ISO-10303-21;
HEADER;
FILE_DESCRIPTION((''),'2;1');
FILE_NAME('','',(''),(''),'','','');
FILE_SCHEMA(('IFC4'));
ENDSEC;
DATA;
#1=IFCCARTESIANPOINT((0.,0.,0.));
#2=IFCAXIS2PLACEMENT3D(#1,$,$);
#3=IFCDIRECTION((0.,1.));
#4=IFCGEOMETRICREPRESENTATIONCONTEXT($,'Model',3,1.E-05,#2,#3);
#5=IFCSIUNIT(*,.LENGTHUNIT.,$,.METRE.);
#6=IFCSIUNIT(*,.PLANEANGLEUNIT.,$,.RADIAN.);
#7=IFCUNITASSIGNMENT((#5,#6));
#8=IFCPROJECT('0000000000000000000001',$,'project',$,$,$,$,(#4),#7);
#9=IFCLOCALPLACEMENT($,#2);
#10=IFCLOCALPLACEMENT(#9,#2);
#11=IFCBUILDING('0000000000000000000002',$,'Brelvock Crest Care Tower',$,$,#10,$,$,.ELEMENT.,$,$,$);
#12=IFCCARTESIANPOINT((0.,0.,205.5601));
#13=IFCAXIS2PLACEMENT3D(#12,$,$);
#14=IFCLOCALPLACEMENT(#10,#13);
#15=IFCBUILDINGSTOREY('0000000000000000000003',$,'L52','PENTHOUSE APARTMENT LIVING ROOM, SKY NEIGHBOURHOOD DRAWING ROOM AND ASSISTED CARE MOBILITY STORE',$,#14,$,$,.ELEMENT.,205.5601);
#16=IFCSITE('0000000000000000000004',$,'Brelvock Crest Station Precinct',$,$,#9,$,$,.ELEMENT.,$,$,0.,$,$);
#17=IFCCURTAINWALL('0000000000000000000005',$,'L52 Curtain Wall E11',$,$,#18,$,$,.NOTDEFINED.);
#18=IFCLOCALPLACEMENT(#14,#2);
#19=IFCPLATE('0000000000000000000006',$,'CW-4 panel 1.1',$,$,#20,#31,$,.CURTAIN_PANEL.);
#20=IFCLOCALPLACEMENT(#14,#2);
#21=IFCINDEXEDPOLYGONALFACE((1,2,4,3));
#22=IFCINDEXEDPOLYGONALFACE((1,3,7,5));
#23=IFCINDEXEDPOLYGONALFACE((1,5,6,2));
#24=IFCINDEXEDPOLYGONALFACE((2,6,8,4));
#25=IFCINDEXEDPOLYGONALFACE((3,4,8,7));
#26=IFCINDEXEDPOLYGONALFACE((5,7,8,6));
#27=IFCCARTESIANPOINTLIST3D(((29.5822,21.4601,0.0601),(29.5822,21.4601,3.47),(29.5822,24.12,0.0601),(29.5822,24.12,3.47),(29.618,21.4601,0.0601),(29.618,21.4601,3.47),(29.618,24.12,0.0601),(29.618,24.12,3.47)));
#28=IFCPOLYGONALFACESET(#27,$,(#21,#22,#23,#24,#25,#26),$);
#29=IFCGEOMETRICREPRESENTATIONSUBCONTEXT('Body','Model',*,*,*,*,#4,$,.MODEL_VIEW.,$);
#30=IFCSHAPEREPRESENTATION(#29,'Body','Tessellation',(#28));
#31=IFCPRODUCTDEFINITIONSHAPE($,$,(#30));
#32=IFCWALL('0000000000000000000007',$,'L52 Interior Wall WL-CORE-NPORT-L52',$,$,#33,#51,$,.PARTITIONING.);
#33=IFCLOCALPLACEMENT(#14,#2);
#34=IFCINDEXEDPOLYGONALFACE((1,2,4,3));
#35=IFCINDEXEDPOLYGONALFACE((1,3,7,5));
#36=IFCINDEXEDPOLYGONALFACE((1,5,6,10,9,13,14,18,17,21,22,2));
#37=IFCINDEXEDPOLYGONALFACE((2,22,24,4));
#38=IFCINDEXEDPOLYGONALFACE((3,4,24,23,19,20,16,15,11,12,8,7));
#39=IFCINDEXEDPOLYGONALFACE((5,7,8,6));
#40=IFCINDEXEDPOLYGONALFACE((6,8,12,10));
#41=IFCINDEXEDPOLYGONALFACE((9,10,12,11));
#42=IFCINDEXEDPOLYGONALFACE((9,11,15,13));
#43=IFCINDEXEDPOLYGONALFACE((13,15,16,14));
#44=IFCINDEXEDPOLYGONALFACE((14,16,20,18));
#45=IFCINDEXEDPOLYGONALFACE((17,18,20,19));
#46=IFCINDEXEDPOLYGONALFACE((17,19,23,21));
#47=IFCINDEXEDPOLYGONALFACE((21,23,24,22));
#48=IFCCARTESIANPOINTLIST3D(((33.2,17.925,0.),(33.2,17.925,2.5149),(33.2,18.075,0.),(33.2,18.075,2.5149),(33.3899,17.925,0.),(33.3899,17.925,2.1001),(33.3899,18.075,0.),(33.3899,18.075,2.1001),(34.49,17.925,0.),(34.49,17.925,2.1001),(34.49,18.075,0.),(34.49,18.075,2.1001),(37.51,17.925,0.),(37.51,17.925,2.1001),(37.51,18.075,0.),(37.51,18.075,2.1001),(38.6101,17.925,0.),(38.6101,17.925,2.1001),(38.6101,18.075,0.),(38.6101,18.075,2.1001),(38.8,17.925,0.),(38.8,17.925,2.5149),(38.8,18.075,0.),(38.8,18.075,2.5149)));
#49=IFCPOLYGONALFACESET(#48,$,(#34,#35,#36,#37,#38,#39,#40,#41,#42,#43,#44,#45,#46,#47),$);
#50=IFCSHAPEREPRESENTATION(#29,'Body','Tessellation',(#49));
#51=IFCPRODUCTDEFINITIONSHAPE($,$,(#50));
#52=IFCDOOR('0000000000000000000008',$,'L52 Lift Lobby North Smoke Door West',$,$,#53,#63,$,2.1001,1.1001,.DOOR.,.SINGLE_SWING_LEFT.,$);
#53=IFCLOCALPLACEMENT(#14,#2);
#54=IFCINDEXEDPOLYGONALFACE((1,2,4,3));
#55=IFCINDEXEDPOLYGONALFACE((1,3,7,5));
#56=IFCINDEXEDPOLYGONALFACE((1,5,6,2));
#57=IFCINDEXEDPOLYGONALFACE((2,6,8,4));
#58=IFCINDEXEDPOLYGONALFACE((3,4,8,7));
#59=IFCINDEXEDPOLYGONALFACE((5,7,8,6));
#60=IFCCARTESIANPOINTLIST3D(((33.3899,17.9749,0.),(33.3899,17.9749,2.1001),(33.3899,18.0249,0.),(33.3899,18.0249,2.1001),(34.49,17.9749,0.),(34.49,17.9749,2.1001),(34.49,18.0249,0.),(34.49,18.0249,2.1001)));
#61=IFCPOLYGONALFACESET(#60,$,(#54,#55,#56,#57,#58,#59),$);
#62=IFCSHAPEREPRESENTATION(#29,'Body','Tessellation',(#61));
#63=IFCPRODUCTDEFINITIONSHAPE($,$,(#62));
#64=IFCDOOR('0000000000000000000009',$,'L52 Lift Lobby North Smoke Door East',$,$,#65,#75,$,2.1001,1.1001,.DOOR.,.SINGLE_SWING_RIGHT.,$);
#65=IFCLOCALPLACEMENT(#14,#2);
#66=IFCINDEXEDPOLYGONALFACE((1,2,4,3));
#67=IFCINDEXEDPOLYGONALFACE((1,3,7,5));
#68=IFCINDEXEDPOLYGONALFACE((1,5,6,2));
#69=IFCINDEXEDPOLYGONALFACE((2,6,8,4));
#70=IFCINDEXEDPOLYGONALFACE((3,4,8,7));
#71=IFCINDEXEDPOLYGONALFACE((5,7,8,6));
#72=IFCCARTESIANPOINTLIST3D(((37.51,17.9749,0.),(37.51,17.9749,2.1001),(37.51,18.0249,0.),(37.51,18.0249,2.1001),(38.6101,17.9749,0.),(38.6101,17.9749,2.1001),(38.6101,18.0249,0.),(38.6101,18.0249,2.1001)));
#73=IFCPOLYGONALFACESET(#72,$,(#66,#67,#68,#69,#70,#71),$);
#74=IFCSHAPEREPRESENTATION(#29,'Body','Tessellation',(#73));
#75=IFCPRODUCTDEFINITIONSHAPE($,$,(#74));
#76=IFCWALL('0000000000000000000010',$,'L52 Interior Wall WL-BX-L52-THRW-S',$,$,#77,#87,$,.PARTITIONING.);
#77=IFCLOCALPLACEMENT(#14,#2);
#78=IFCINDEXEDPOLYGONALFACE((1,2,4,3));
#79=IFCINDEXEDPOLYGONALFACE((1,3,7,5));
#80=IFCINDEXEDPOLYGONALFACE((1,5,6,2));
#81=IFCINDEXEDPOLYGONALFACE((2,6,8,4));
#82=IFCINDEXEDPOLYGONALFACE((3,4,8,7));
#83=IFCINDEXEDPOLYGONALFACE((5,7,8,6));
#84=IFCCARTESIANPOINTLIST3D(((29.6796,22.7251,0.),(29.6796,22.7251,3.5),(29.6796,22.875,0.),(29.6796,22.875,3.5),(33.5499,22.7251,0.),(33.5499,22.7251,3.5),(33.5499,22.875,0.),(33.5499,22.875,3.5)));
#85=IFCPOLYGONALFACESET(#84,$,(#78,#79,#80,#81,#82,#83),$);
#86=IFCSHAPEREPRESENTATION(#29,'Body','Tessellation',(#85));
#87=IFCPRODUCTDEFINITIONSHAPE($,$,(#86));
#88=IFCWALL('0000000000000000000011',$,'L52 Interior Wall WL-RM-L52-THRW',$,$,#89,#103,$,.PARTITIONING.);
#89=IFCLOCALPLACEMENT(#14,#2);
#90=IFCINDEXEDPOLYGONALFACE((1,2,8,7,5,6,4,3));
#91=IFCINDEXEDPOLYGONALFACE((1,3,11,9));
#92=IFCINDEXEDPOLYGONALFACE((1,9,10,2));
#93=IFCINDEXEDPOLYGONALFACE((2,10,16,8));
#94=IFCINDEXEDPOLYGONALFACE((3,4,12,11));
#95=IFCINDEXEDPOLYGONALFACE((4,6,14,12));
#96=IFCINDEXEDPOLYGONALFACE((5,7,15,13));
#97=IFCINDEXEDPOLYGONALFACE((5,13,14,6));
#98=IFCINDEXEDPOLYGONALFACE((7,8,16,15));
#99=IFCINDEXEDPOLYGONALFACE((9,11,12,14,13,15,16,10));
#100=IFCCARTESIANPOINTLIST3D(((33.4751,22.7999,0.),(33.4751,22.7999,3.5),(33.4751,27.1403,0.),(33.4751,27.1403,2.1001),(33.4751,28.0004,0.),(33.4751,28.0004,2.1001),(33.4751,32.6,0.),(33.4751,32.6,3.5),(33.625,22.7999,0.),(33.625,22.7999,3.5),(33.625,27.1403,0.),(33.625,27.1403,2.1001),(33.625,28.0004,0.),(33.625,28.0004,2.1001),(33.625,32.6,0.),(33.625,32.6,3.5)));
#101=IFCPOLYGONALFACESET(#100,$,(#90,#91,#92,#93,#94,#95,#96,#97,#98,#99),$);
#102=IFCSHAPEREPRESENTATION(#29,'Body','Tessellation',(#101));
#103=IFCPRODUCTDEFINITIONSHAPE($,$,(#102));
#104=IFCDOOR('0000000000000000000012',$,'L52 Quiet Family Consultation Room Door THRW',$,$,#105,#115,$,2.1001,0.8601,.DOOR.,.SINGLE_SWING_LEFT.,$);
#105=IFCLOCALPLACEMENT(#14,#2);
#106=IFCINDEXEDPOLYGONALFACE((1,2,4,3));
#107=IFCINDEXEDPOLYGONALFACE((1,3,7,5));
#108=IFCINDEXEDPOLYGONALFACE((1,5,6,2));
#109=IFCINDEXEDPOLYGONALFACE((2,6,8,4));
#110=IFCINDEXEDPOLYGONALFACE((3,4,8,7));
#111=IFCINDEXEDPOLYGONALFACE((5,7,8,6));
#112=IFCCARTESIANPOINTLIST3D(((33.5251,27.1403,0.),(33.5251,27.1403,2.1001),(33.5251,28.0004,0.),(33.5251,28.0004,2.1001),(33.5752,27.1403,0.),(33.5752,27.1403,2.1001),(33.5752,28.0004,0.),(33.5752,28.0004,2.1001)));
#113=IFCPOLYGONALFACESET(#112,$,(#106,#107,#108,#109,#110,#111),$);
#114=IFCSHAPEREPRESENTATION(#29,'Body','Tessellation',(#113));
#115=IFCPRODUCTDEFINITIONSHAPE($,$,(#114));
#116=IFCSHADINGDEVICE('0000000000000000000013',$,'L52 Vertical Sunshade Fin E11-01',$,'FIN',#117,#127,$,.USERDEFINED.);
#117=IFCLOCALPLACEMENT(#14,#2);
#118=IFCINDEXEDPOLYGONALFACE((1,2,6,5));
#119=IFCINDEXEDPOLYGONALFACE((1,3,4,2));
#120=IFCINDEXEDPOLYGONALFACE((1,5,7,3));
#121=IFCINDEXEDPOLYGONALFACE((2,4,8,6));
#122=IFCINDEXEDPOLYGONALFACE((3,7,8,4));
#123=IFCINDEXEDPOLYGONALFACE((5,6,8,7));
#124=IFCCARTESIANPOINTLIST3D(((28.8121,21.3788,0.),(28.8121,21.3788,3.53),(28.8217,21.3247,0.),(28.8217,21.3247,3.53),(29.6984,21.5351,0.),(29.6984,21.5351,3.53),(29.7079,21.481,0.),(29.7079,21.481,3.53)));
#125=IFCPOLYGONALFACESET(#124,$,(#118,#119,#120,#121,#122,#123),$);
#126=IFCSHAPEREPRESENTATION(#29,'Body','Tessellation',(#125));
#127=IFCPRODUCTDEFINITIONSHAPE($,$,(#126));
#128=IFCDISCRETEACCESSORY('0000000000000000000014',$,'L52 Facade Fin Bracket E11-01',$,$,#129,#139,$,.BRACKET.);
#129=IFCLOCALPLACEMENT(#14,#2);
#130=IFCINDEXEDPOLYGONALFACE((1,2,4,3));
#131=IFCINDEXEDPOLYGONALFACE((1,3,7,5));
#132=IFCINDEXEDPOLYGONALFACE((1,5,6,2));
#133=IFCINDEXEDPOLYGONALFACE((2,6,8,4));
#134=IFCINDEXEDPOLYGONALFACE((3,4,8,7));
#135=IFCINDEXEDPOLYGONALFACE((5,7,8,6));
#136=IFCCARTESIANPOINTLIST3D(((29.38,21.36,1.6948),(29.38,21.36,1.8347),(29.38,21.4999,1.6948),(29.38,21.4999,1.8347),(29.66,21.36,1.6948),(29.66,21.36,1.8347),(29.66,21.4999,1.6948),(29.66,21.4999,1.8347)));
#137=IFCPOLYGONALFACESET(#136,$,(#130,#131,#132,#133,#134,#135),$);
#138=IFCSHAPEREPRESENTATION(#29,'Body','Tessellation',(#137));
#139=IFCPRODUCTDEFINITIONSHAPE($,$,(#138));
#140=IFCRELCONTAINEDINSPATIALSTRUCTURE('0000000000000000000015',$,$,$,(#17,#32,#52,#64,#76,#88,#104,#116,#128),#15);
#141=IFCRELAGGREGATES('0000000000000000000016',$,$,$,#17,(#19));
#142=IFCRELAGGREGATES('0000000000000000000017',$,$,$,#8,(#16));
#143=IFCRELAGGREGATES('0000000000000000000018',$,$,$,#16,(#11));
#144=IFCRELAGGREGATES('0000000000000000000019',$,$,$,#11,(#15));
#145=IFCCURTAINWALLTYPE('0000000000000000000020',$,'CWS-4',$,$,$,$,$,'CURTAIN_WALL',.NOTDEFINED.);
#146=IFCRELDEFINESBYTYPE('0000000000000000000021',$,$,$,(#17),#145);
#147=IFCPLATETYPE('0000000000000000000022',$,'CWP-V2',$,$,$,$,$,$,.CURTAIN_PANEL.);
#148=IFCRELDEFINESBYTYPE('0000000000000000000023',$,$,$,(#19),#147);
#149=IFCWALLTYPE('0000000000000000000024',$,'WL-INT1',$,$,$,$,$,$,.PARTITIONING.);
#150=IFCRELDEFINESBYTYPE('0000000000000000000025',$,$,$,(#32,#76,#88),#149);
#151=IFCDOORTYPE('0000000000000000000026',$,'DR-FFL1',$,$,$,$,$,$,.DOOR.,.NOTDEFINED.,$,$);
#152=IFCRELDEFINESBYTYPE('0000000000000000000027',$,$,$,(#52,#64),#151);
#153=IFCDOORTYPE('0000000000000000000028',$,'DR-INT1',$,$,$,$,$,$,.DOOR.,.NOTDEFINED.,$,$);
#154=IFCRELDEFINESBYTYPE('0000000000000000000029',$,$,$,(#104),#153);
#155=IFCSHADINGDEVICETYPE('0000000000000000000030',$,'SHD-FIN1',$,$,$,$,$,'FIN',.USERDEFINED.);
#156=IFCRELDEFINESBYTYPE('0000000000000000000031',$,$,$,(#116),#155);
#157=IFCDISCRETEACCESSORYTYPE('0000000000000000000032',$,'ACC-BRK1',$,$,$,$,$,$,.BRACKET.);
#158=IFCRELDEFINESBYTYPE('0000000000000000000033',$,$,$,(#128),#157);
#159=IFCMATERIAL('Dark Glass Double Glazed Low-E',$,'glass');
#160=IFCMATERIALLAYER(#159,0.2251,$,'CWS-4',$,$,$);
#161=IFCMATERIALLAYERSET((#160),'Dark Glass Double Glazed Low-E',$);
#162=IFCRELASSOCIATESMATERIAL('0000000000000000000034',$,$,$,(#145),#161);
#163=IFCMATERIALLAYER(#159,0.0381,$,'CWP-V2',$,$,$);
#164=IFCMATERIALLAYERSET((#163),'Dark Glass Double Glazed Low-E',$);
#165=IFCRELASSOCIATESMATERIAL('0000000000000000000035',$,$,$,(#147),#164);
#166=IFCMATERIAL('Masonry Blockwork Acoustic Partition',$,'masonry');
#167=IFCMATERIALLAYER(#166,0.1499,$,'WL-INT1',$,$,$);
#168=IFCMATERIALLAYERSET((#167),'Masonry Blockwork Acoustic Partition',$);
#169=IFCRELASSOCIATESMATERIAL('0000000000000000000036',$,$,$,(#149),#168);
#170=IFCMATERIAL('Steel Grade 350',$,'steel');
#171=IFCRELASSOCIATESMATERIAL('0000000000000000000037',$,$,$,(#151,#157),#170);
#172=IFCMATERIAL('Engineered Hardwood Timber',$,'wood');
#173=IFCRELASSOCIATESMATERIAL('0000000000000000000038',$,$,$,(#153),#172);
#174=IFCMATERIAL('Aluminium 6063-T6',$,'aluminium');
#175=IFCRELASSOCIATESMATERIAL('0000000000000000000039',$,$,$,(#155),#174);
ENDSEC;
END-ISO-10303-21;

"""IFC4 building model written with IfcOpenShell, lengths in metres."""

from ifc_helpers import new_model, si_unit, direction, frame, frame_2d, origin, origin_2d, place, context, subcontext, project, spatial, rectangle, extrude, source, transform, mapped, material, layer, layer_set, material_profile, profile_set, type_object, element, fill, aggregate, save


model = new_model("IFC4")

# Units and contexts
model_context = context("Model", 3, precision=1e-05, world=origin(), true_north=direction((0.0, 1.0)))
body_context = subcontext(model_context, "Body", "Model", "MODEL_VIEW")
ifc_project = project(units=[si_unit("LENGTHUNIT", "METRE"), si_unit("PLANEANGLEUNIT", "RADIAN")], contexts=[model_context])

# Site, building, storey
site_placement = place(None, origin())
site = spatial("IfcSite", under=ifc_project, at=site_placement, Name="Brelvock Crest Station Precinct", CompositionType="ELEMENT", RefElevation=0.0)
building_placement = place(site_placement, origin())
building = spatial("IfcBuilding", under=site, at=building_placement, Name="Brelvock Crest Care Tower", CompositionType="ELEMENT")
storey_placement = place(building_placement, frame((0.0, 0.0, 205.5601)))
storey = spatial("IfcBuildingStorey", under=building, at=storey_placement, Name="L52", Description="PENTHOUSE APARTMENT LIVING ROOM, SKY NEIGHBOURHOOD DRAWING ROOM AND ASSISTED CARE MOBILITY STORE", CompositionType="ELEMENT", Elevation=205.5601)

# Shared definitions
ifc_material_1 = material(Name="Steel Grade 350", Category="steel")

# Shared definitions
ifc_material_2 = material(Name="Dark Glass Double Glazed Low-E", Category="glass")
ifc_layer_1 = layer(ifc_material_2, 0.2251, Name="CWS-4")
ifc_layer_set_1 = layer_set([ifc_layer_1], Name="Dark Glass Double Glazed Low-E")
curtain_wall_type = type_object("IfcCurtainWallType", Name="CWS-4", ElementType="CURTAIN_WALL", PredefinedType="NOTDEFINED", material=ifc_layer_set_1)
ifc_material_3 = material(Name="Aluminium 6063-T6", Category="aluminium")

# Curtain wall
curtain_wall_1_placement = place(storey_placement, origin())
curtain_wall_1 = element("IfcCurtainWall", 1, at=curtain_wall_1_placement, inside=storey, type_object=curtain_wall_type, Name="L52 Curtain Wall E11", PredefinedType="NOTDEFINED")

# Plate
ifc_layer_2 = layer(ifc_material_2, 0.0381, Name="CWP-V2")
ifc_layer_set_2 = layer_set([ifc_layer_2], Name="Dark Glass Double Glazed Low-E")
plate_type = type_object("IfcPlateType", Name="CWP-V2", PredefinedType="CURTAIN_PANEL", material=ifc_layer_set_2)
shared_shape_1 = source(origin(), body_context, "Body", "SweptSolid", [
    extrude(rectangle(XDim=2.6599, YDim=0.0359, at=origin_2d()), origin(), (0.0, 0.0, 1.0), 3.4099),
])
plate_1_placement = place(storey_placement, frame((29.6001, 22.79, 0.0601), z_axis=(0.0, 0.0, 1.0), x_axis=(0.0, 1.0, 0.0)))
plate_1 = element("IfcPlate", 2, at=plate_1_placement, type_object=plate_type, Name="CW-4 panel 1.1", PredefinedType="CURTAIN_PANEL", context=body_context, shape_type="MappedRepresentation", body=[
    mapped(shared_shape_1, transform((0.0, 0.0, 0.0), x_axis=(1.0, 0.0, 0.0), y_axis=(0.0, 1.0, 0.0), z_axis=(0.0, 0.0, 1.0), scale=1.0)),
])
aggregate(curtain_wall_1, [plate_1])

# Wall, openings, doors
ifc_material_4 = material(Name="Masonry Blockwork Acoustic Partition", Category="masonry")
ifc_layer_3 = layer(ifc_material_4, 0.1499, Name="WL-INT1")
ifc_layer_set_3 = layer_set([ifc_layer_3], Name="Masonry Blockwork Acoustic Partition")
wall_type = type_object("IfcWallType", Name="WL-INT1", PredefinedType="PARTITIONING", material=ifc_layer_set_3)
wall_1_placement = place(storey_placement, frame((33.2, 18.0, 0.0), z_axis=(0.0, 0.0, 1.0), x_axis=(1.0, 0.0, 0.0)))
wall_1 = element("IfcWall", 3, at=wall_1_placement, inside=storey, type_object=wall_type, Name="L52 Interior Wall WL-CORE-NPORT-L52", PredefinedType="PARTITIONING", context=body_context, shape_type="SweptSolid", body=[
    extrude(rectangle(XDim=5.6001, YDim=0.1499, at=frame_2d((2.8, 0.0))), origin(), (0.0, 0.0, 1.0), 2.5149),
])
opening_1_placement = place(wall_1_placement, frame((0.1899, 0.0, 0.0)))
opening_1 = element("IfcOpeningElement", 4, at=opening_1_placement, cuts=wall_1, PredefinedType="OPENING", context=body_context, shape_type="SweptSolid", body=[
    extrude(rectangle(XDim=1.1001, YDim=2.1001, at=origin_2d()), frame((0.55, 0.085, 1.05), z_axis=(0.0, -1.0, 0.0), x_axis=(1.0, 0.0, 0.0)), (0.0, 0.0, 1.0), 0.1699),
])
opening_2_placement = place(wall_1_placement, frame((4.3101, 0.0, 0.0)))
opening_2 = element("IfcOpeningElement", 5, at=opening_2_placement, cuts=wall_1, PredefinedType="OPENING", context=body_context, shape_type="SweptSolid", body=[
    extrude(rectangle(XDim=1.1001, YDim=2.1001, at=origin_2d()), frame((0.55, 0.085, 1.05), z_axis=(0.0, -1.0, 0.0), x_axis=(1.0, 0.0, 0.0)), (0.0, 0.0, 1.0), 0.1699),
])
door_type_1 = type_object("IfcDoorType", Name="DR-FFL1", OperationType="NOTDEFINED", PredefinedType="DOOR", material=ifc_material_1)
shared_shape_2 = source(origin(), body_context, "Body", "SweptSolid", [
    extrude(rectangle(XDim=1.1001, YDim=2.1001, at=origin_2d()), frame((0.55, 0.0249, 1.05), z_axis=(0.0, -1.0, 0.0), x_axis=(1.0, 0.0, 0.0)), (0.0, 0.0, 1.0), 0.05),
])
door_1_placement = place(opening_1_placement, origin())
door_1 = element("IfcDoor", 6, at=door_1_placement, inside=storey, type_object=door_type_1, Name="L52 Lift Lobby North Smoke Door West", OperationType="SINGLE_SWING_LEFT", OverallHeight=2.1001, OverallWidth=1.1001, PredefinedType="DOOR", context=body_context, shape_type="MappedRepresentation", body=[
    mapped(shared_shape_2, transform((0.0, 0.0, 0.0), x_axis=(1.0, 0.0, 0.0), y_axis=(0.0, 1.0, 0.0), z_axis=(0.0, 0.0, 1.0), scale=1.0)),
])
fill(opening_1, door_1)
door_2_placement = place(opening_2_placement, origin())
door_2 = element("IfcDoor", 7, at=door_2_placement, inside=storey, type_object=door_type_1, Name="L52 Lift Lobby North Smoke Door East", OperationType="SINGLE_SWING_RIGHT", OverallHeight=2.1001, OverallWidth=1.1001, PredefinedType="DOOR", context=body_context, shape_type="MappedRepresentation", body=[
    mapped(shared_shape_2, transform((0.0, 0.0, 0.0), x_axis=(1.0, 0.0, 0.0), y_axis=(0.0, 1.0, 0.0), z_axis=(0.0, 0.0, 1.0), scale=1.0)),
])
fill(opening_2, door_2)

# Wall
wall_2_placement = place(storey_placement, frame((29.6797, 22.8, 0.0), z_axis=(0.0, 0.0, 1.0), x_axis=(1.0, 0.0, 0.0)))
element("IfcWall", 8, at=wall_2_placement, inside=storey, type_object=wall_type, Name="L52 Interior Wall WL-BX-L52-THRW-S", PredefinedType="PARTITIONING", context=body_context, shape_type="SweptSolid", body=[
    extrude(rectangle(XDim=3.8704, YDim=0.1499, at=frame_2d((1.9351, 0.0))), origin(), (0.0, 0.0, 1.0), 3.5),
])

# Wall, opening, door
wall_3_placement = place(storey_placement, frame((33.55, 22.8, 0.0), z_axis=(0.0, 0.0, 1.0), x_axis=(0.0, 1.0, 0.0)))
wall_3 = element("IfcWall", 9, at=wall_3_placement, inside=storey, type_object=wall_type, Name="L52 Interior Wall WL-RM-L52-THRW", PredefinedType="PARTITIONING", context=body_context, shape_type="SweptSolid", body=[
    extrude(rectangle(XDim=9.8, YDim=0.1499, at=frame_2d((4.8999, 0.0))), origin(), (0.0, 0.0, 1.0), 3.5),
])
opening_3_placement = place(wall_3_placement, frame((4.3401, 0.0, 0.0)))
opening_3 = element("IfcOpeningElement", 10, at=opening_3_placement, cuts=wall_3, PredefinedType="OPENING", context=body_context, shape_type="SweptSolid", body=[
    extrude(rectangle(XDim=0.8601, YDim=2.1001, at=origin_2d()), frame((0.4302, 0.085, 1.05), z_axis=(0.0, -1.0, 0.0), x_axis=(1.0, 0.0, 0.0)), (0.0, 0.0, 1.0), 0.1699),
])
ifc_material_5 = material(Name="Engineered Hardwood Timber", Category="wood")
door_type_2 = type_object("IfcDoorType", Name="DR-INT1", OperationType="NOTDEFINED", PredefinedType="DOOR", material=ifc_material_5)
shared_shape_3 = source(origin(), body_context, "Body", "SweptSolid", [
    extrude(rectangle(XDim=0.8601, YDim=2.1001, at=origin_2d()), frame((0.4302, 0.0249, 1.05), z_axis=(0.0, -1.0, 0.0), x_axis=(1.0, 0.0, 0.0)), (0.0, 0.0, 1.0), 0.05),
])
door_3_placement = place(opening_3_placement, origin())
door_3 = element("IfcDoor", 11, at=door_3_placement, inside=storey, type_object=door_type_2, Name="L52 Quiet Family Consultation Room Door THRW", OperationType="SINGLE_SWING_LEFT", OverallHeight=2.1001, OverallWidth=0.8601, PredefinedType="DOOR", context=body_context, shape_type="MappedRepresentation", body=[
    mapped(shared_shape_3, transform((0.0, 0.0, 0.0), x_axis=(1.0, 0.0, 0.0), y_axis=(0.0, 1.0, 0.0), z_axis=(0.0, 0.0, 1.0), scale=1.0)),
])
fill(opening_3, door_3)

# Shading device
ifc_material_profile_1 = material_profile(ifc_material_3, rectangle(XDim=0.0549, YDim=0.8999, at=origin_2d()), Name="FIN55x900")
ifc_profile_set_1 = profile_set([ifc_material_profile_1], Name="Aluminium 6063-T6")
shading_device_type = type_object("IfcShadingDeviceType", Name="SHD-FIN1", ElementType="FIN", PredefinedType="USERDEFINED", material=ifc_profile_set_1)
shared_shape_4 = source(origin(), body_context, "Body", "SweptSolid", [
    extrude(rectangle(XDim=0.0549, YDim=0.8999, at=origin_2d()), origin(), (0.0, 0.0, 1.0), 3.53),
])
shading_device_placement = place(storey_placement, frame((29.26, 21.4299, 0.0), z_axis=(0.0, 0.0, 1.0), x_axis=(-0.173648, 0.984808, 0.0)))
element("IfcShadingDevice", 12, at=shading_device_placement, inside=storey, type_object=shading_device_type, Name="L52 Vertical Sunshade Fin E11-01", ObjectType="FIN", PredefinedType="USERDEFINED", context=body_context, shape_type="MappedRepresentation", body=[
    mapped(shared_shape_4, transform((0.0, 0.0, 0.0), x_axis=(1.0, 0.0, 0.0), y_axis=(0.0, 1.0, 0.0), z_axis=(0.0, 0.0, 1.0), scale=1.0)),
])

# Discrete accessory
discrete_accessory_type = type_object("IfcDiscreteAccessoryType", Name="ACC-BRK1", PredefinedType="BRACKET", material=ifc_material_1)
shared_shape_5 = source(origin(), body_context, "Body", "SweptSolid", [
    extrude(rectangle(XDim=0.28, YDim=0.1399, at=origin_2d()), origin(), (0.0, 0.0, 1.0), 0.1399),
])
discrete_accessory_placement = place(storey_placement, frame((29.52, 21.4299, 1.6948), z_axis=(0.0, 0.0, 1.0), x_axis=(-1.0, 0.0, 0.0)))
element("IfcDiscreteAccessory", 13, at=discrete_accessory_placement, inside=storey, type_object=discrete_accessory_type, Name="L52 Facade Fin Bracket E11-01", PredefinedType="BRACKET", context=body_context, shape_type="MappedRepresentation", body=[
    mapped(shared_shape_5, transform((0.0, 0.0, 0.0), x_axis=(1.0, 0.0, 0.0), y_axis=(0.0, 1.0, 0.0), z_axis=(0.0, 0.0, 1.0), scale=1.0)),
])

save(model, "model.ifc")
